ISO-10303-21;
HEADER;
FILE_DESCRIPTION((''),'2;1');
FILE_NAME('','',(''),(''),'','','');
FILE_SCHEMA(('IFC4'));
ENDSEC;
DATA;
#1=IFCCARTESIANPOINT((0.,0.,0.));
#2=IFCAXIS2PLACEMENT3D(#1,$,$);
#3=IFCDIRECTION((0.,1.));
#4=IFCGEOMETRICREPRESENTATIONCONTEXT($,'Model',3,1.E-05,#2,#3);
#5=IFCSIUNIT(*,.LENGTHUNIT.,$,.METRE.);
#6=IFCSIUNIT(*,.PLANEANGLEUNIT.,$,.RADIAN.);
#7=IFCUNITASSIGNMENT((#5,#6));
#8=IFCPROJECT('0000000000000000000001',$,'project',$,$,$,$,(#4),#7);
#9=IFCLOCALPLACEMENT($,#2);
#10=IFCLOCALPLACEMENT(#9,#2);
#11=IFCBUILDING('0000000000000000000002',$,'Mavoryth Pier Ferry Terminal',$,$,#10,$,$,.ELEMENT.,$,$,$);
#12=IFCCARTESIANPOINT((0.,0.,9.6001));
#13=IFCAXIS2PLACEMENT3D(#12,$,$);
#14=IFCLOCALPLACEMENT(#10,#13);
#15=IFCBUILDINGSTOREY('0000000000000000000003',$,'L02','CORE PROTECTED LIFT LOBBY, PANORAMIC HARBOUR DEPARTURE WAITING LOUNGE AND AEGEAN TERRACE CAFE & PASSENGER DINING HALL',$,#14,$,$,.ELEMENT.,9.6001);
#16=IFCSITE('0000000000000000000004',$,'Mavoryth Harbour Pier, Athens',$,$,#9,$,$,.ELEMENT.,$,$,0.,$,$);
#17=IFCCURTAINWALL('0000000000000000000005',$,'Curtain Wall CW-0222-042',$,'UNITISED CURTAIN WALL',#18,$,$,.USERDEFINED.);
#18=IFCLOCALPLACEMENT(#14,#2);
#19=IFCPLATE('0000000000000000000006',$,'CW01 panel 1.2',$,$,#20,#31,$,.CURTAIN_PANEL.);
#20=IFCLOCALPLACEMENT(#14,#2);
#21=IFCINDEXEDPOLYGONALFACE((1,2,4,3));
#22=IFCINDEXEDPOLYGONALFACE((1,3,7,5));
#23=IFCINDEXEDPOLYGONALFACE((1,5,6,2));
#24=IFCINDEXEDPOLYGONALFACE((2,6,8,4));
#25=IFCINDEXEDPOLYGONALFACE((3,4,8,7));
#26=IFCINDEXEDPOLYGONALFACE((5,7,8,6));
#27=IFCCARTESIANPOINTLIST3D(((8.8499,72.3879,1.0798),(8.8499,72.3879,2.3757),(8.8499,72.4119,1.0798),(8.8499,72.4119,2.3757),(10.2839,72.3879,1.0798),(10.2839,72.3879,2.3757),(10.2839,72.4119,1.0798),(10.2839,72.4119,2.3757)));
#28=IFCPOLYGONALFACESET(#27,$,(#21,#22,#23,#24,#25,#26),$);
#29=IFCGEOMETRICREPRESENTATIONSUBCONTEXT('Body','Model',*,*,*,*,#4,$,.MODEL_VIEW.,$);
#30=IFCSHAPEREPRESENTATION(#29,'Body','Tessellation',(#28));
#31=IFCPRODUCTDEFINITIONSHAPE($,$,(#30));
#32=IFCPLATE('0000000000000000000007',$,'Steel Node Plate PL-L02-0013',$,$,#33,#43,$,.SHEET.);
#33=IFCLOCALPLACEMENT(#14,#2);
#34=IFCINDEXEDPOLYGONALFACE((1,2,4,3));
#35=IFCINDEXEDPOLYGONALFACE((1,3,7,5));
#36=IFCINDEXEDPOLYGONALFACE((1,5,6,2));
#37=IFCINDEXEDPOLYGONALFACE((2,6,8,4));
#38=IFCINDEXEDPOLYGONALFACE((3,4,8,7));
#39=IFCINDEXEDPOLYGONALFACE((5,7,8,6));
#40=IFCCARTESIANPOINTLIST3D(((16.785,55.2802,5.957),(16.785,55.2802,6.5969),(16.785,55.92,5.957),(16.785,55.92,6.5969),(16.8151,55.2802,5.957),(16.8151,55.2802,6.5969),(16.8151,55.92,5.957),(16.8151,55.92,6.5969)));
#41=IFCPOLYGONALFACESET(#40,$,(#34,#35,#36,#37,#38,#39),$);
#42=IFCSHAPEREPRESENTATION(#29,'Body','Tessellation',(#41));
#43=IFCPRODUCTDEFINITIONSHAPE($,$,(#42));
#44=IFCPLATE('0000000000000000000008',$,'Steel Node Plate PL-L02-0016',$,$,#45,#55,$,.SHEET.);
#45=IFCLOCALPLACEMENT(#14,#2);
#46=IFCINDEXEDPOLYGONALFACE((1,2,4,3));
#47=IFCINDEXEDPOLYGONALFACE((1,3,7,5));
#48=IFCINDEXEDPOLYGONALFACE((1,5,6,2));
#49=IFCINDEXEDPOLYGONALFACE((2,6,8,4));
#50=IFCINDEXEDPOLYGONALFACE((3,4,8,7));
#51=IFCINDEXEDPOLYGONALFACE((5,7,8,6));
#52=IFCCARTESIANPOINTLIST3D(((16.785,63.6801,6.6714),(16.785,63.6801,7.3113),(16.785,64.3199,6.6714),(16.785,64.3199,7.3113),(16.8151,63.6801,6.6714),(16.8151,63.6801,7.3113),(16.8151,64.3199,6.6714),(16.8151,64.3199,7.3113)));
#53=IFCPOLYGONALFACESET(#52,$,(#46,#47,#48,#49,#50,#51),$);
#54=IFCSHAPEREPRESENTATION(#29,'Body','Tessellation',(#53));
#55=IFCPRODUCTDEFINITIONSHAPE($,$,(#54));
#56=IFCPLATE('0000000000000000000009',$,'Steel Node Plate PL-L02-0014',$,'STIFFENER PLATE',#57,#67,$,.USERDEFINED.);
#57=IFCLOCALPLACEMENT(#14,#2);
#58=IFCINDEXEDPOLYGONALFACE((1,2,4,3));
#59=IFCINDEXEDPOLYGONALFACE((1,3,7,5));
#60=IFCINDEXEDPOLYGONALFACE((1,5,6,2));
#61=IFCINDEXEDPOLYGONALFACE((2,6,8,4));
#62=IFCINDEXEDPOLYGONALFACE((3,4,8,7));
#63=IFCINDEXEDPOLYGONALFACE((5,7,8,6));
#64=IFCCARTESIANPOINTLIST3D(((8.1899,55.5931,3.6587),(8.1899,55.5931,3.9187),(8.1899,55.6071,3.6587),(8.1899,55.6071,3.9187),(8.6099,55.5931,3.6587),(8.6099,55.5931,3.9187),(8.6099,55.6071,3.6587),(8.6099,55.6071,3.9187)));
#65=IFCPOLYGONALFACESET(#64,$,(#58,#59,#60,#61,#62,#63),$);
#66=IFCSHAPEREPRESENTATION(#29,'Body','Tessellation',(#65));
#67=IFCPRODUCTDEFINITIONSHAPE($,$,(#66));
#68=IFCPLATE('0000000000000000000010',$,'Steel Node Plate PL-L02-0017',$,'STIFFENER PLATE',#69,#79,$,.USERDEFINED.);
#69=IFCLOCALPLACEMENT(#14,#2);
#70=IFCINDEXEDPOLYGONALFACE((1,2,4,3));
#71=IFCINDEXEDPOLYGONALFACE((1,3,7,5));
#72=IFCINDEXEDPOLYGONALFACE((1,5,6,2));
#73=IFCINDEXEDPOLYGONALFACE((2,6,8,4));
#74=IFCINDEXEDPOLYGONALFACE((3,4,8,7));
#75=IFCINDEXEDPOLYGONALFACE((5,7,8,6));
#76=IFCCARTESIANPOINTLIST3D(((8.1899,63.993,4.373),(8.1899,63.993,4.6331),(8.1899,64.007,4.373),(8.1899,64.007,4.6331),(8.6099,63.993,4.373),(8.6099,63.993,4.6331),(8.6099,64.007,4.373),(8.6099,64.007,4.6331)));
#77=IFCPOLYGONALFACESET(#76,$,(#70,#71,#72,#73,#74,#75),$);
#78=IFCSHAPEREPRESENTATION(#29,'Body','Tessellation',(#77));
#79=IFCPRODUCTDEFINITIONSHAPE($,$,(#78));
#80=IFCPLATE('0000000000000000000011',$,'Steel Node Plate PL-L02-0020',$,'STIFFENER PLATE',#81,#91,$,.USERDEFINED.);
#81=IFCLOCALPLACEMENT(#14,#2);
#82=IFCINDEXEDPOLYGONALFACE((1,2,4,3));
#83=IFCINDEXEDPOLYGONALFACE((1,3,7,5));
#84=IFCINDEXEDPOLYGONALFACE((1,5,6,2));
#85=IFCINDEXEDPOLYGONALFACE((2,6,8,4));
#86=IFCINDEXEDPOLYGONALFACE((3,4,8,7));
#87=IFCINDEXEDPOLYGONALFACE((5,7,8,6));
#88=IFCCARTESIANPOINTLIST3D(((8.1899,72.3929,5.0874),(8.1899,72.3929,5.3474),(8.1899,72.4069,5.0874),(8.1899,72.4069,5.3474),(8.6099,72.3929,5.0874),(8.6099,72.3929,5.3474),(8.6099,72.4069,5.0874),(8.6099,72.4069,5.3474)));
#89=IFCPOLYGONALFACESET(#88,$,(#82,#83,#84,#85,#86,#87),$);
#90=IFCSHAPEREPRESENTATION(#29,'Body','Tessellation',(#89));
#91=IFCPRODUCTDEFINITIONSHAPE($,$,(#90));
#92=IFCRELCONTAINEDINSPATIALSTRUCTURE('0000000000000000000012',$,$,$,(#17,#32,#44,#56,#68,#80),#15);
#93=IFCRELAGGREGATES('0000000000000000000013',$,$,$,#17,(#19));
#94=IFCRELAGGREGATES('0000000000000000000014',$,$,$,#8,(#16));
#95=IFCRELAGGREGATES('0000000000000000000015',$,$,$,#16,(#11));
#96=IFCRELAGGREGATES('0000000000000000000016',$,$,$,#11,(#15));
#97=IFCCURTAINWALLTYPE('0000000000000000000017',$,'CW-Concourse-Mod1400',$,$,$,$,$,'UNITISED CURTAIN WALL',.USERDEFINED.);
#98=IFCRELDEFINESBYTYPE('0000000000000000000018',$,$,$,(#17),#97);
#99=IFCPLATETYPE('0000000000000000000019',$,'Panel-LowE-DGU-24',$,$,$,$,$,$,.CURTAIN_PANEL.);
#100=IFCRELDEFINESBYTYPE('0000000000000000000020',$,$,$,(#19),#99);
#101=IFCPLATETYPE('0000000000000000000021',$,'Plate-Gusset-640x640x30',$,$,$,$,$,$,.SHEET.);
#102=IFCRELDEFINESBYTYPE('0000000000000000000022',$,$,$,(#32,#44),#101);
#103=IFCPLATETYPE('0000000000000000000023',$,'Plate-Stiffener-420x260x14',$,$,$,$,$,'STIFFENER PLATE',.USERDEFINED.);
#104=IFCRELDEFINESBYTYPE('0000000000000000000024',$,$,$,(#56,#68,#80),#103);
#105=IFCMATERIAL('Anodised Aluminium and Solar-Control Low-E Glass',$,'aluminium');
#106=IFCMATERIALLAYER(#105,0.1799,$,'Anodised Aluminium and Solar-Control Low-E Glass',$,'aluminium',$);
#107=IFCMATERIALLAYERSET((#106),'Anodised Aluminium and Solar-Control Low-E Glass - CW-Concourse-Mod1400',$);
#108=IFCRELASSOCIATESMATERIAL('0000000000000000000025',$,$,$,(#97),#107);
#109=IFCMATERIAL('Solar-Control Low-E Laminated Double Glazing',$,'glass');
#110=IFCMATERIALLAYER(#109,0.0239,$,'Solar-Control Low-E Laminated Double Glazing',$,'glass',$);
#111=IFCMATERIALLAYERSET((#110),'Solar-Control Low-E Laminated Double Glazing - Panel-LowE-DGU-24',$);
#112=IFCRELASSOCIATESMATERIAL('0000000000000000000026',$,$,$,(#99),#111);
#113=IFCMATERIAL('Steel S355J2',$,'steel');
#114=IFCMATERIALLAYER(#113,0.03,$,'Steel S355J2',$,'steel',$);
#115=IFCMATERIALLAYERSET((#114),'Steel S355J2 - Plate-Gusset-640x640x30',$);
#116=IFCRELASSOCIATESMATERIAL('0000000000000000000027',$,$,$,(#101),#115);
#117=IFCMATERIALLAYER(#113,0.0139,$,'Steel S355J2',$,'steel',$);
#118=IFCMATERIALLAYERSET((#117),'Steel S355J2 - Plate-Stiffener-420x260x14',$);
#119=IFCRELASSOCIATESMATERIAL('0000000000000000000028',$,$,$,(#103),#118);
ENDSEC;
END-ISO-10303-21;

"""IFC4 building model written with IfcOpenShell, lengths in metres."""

from ifc_helpers import new_model, si_unit, direction, frame, origin, origin_2d, place, context, subcontext, project, spatial, rectangle, extrude, material, layer, layer_set, type_object, element, aggregate, save


model = new_model("IFC4")

# Units and contexts
model_context = context("Model", 3, precision=1e-05, world=origin(), true_north=direction((0.0, 1.0)))
body_context = subcontext(model_context, "Body", "Model", "MODEL_VIEW")
ifc_project = project(units=[si_unit("LENGTHUNIT", "METRE"), si_unit("PLANEANGLEUNIT", "RADIAN")], contexts=[model_context])

# Site, building, storey
site_placement = place(None, origin())
site = spatial("IfcSite", under=ifc_project, at=site_placement, Name="Mavoryth Harbour Pier, Athens", CompositionType="ELEMENT", RefElevation=0.0)
building_placement = place(site_placement, origin())
building = spatial("IfcBuilding", under=site, at=building_placement, Name="Mavoryth Pier Ferry Terminal", CompositionType="ELEMENT")
storey_placement = place(building_placement, frame((0.0, 0.0, 9.6001)))
storey = spatial("IfcBuildingStorey", under=building, at=storey_placement, Name="L02", Description="CORE PROTECTED LIFT LOBBY, PANORAMIC HARBOUR DEPARTURE WAITING LOUNGE AND AEGEAN TERRACE CAFE & PASSENGER DINING HALL", CompositionType="ELEMENT", Elevation=9.6001)

# Shared definitions
ifc_material_1 = material(Name="Steel S355J2", Category="steel")

# Curtain wall
ifc_material_2 = material(Name="Anodised Aluminium and Solar-Control Low-E Glass", Category="aluminium")
ifc_layer_1 = layer(ifc_material_2, 0.1799, Name="Anodised Aluminium and Solar-Control Low-E Glass", Category="aluminium")
ifc_layer_set_1 = layer_set([ifc_layer_1], Name="Anodised Aluminium and Solar-Control Low-E Glass - CW-Concourse-Mod1400")
curtain_wall_type = type_object("IfcCurtainWallType", Name="CW-Concourse-Mod1400", ElementType="UNITISED CURTAIN WALL", PredefinedType="USERDEFINED", material=ifc_layer_set_1)
curtain_wall_1_placement = place(storey_placement, origin())
curtain_wall_1 = element("IfcCurtainWall", 1, at=curtain_wall_1_placement, inside=storey, type_object=curtain_wall_type, Name="Curtain Wall CW-0222-042", ObjectType="UNITISED CURTAIN WALL", PredefinedType="USERDEFINED")

# Plate
ifc_material_3 = material(Name="Solar-Control Low-E Laminated Double Glazing", Category="glass")
ifc_layer_2 = layer(ifc_material_3, 0.0239, Name="Solar-Control Low-E Laminated Double Glazing", Category="glass")
ifc_layer_set_2 = layer_set([ifc_layer_2], Name="Solar-Control Low-E Laminated Double Glazing - Panel-LowE-DGU-24")
plate_type_1 = type_object("IfcPlateType", Name="Panel-LowE-DGU-24", PredefinedType="CURTAIN_PANEL", material=ifc_layer_set_2)
plate_1_placement = place(storey_placement, frame((9.5669, 72.3999, 1.0798), z_axis=(0.0, 0.0, 1.0), x_axis=(1.0, 0.0, 0.0)))
plate_1 = element("IfcPlate", 2, at=plate_1_placement, type_object=plate_type_1, Name="CW01 panel 1.2", PredefinedType="CURTAIN_PANEL", context=body_context, shape_type="SweptSolid", body=[
    extrude(rectangle(XDim=1.4341, YDim=0.0239, at=origin_2d()), origin(), (0.0, 0.0, 1.0), 1.2959),
])
aggregate(curtain_wall_1, [plate_1])

# Plates
ifc_layer_3 = layer(ifc_material_1, 0.03, Name="Steel S355J2", Category="steel")
ifc_layer_set_3 = layer_set([ifc_layer_3], Name="Steel S355J2 - Plate-Gusset-640x640x30")
plate_type_2 = type_object("IfcPlateType", Name="Plate-Gusset-640x640x30", PredefinedType="SHEET", material=ifc_layer_set_3)
for number, where, z_axis, x_axis, name in (
    (3, (16.8, 55.6001, 5.957), (0.0, 0.0, 1.0), (0.0, 1.0, 0.0), "Steel Node Plate PL-L02-0013"),
    (4, (16.8, 64.0, 6.6714), (0.0, 0.0, 1.0), (0.0, 1.0, 0.0), "Steel Node Plate PL-L02-0016"),
):
    element("IfcPlate", number, at=place(storey_placement, frame(where, z_axis=z_axis, x_axis=x_axis)), inside=storey, type_object=plate_type_2, Name=name, PredefinedType="SHEET", context=body_context, shape_type="SweptSolid", body=[
        extrude(rectangle(XDim=0.6399, YDim=0.03, at=origin_2d()), origin(), (0.0, 0.0, 1.0), 0.6399),
    ])
ifc_layer_4 = layer(ifc_material_1, 0.0139, Name="Steel S355J2", Category="steel")
ifc_layer_set_4 = layer_set([ifc_layer_4], Name="Steel S355J2 - Plate-Stiffener-420x260x14")
plate_type_3 = type_object("IfcPlateType", Name="Plate-Stiffener-420x260x14", ElementType="STIFFENER PLATE", PredefinedType="USERDEFINED", material=ifc_layer_set_4)
for number, where, z_axis, x_axis, name in (
    (5, (8.3999, 55.6001, 3.6587), (0.0, 0.0, 1.0), (1.0, 0.0, 0.0), "Steel Node Plate PL-L02-0014"),
    (6, (8.3999, 64.0, 4.373), (0.0, 0.0, 1.0), (1.0, 0.0, 0.0), "Steel Node Plate PL-L02-0017"),
    (7, (8.3999, 72.3999, 5.0874), (0.0, 0.0, 1.0), (1.0, 0.0, 0.0), "Steel Node Plate PL-L02-0020"),
):
    element("IfcPlate", number, at=place(storey_placement, frame(where, z_axis=z_axis, x_axis=x_axis)), inside=storey, type_object=plate_type_3, Name=name, ObjectType="STIFFENER PLATE", PredefinedType="USERDEFINED", context=body_context, shape_type="SweptSolid", body=[
        extrude(rectangle(XDim=0.4199, YDim=0.0139, at=origin_2d()), origin(), (0.0, 0.0, 1.0), 0.26),
    ])

save(model, "model.ifc")
